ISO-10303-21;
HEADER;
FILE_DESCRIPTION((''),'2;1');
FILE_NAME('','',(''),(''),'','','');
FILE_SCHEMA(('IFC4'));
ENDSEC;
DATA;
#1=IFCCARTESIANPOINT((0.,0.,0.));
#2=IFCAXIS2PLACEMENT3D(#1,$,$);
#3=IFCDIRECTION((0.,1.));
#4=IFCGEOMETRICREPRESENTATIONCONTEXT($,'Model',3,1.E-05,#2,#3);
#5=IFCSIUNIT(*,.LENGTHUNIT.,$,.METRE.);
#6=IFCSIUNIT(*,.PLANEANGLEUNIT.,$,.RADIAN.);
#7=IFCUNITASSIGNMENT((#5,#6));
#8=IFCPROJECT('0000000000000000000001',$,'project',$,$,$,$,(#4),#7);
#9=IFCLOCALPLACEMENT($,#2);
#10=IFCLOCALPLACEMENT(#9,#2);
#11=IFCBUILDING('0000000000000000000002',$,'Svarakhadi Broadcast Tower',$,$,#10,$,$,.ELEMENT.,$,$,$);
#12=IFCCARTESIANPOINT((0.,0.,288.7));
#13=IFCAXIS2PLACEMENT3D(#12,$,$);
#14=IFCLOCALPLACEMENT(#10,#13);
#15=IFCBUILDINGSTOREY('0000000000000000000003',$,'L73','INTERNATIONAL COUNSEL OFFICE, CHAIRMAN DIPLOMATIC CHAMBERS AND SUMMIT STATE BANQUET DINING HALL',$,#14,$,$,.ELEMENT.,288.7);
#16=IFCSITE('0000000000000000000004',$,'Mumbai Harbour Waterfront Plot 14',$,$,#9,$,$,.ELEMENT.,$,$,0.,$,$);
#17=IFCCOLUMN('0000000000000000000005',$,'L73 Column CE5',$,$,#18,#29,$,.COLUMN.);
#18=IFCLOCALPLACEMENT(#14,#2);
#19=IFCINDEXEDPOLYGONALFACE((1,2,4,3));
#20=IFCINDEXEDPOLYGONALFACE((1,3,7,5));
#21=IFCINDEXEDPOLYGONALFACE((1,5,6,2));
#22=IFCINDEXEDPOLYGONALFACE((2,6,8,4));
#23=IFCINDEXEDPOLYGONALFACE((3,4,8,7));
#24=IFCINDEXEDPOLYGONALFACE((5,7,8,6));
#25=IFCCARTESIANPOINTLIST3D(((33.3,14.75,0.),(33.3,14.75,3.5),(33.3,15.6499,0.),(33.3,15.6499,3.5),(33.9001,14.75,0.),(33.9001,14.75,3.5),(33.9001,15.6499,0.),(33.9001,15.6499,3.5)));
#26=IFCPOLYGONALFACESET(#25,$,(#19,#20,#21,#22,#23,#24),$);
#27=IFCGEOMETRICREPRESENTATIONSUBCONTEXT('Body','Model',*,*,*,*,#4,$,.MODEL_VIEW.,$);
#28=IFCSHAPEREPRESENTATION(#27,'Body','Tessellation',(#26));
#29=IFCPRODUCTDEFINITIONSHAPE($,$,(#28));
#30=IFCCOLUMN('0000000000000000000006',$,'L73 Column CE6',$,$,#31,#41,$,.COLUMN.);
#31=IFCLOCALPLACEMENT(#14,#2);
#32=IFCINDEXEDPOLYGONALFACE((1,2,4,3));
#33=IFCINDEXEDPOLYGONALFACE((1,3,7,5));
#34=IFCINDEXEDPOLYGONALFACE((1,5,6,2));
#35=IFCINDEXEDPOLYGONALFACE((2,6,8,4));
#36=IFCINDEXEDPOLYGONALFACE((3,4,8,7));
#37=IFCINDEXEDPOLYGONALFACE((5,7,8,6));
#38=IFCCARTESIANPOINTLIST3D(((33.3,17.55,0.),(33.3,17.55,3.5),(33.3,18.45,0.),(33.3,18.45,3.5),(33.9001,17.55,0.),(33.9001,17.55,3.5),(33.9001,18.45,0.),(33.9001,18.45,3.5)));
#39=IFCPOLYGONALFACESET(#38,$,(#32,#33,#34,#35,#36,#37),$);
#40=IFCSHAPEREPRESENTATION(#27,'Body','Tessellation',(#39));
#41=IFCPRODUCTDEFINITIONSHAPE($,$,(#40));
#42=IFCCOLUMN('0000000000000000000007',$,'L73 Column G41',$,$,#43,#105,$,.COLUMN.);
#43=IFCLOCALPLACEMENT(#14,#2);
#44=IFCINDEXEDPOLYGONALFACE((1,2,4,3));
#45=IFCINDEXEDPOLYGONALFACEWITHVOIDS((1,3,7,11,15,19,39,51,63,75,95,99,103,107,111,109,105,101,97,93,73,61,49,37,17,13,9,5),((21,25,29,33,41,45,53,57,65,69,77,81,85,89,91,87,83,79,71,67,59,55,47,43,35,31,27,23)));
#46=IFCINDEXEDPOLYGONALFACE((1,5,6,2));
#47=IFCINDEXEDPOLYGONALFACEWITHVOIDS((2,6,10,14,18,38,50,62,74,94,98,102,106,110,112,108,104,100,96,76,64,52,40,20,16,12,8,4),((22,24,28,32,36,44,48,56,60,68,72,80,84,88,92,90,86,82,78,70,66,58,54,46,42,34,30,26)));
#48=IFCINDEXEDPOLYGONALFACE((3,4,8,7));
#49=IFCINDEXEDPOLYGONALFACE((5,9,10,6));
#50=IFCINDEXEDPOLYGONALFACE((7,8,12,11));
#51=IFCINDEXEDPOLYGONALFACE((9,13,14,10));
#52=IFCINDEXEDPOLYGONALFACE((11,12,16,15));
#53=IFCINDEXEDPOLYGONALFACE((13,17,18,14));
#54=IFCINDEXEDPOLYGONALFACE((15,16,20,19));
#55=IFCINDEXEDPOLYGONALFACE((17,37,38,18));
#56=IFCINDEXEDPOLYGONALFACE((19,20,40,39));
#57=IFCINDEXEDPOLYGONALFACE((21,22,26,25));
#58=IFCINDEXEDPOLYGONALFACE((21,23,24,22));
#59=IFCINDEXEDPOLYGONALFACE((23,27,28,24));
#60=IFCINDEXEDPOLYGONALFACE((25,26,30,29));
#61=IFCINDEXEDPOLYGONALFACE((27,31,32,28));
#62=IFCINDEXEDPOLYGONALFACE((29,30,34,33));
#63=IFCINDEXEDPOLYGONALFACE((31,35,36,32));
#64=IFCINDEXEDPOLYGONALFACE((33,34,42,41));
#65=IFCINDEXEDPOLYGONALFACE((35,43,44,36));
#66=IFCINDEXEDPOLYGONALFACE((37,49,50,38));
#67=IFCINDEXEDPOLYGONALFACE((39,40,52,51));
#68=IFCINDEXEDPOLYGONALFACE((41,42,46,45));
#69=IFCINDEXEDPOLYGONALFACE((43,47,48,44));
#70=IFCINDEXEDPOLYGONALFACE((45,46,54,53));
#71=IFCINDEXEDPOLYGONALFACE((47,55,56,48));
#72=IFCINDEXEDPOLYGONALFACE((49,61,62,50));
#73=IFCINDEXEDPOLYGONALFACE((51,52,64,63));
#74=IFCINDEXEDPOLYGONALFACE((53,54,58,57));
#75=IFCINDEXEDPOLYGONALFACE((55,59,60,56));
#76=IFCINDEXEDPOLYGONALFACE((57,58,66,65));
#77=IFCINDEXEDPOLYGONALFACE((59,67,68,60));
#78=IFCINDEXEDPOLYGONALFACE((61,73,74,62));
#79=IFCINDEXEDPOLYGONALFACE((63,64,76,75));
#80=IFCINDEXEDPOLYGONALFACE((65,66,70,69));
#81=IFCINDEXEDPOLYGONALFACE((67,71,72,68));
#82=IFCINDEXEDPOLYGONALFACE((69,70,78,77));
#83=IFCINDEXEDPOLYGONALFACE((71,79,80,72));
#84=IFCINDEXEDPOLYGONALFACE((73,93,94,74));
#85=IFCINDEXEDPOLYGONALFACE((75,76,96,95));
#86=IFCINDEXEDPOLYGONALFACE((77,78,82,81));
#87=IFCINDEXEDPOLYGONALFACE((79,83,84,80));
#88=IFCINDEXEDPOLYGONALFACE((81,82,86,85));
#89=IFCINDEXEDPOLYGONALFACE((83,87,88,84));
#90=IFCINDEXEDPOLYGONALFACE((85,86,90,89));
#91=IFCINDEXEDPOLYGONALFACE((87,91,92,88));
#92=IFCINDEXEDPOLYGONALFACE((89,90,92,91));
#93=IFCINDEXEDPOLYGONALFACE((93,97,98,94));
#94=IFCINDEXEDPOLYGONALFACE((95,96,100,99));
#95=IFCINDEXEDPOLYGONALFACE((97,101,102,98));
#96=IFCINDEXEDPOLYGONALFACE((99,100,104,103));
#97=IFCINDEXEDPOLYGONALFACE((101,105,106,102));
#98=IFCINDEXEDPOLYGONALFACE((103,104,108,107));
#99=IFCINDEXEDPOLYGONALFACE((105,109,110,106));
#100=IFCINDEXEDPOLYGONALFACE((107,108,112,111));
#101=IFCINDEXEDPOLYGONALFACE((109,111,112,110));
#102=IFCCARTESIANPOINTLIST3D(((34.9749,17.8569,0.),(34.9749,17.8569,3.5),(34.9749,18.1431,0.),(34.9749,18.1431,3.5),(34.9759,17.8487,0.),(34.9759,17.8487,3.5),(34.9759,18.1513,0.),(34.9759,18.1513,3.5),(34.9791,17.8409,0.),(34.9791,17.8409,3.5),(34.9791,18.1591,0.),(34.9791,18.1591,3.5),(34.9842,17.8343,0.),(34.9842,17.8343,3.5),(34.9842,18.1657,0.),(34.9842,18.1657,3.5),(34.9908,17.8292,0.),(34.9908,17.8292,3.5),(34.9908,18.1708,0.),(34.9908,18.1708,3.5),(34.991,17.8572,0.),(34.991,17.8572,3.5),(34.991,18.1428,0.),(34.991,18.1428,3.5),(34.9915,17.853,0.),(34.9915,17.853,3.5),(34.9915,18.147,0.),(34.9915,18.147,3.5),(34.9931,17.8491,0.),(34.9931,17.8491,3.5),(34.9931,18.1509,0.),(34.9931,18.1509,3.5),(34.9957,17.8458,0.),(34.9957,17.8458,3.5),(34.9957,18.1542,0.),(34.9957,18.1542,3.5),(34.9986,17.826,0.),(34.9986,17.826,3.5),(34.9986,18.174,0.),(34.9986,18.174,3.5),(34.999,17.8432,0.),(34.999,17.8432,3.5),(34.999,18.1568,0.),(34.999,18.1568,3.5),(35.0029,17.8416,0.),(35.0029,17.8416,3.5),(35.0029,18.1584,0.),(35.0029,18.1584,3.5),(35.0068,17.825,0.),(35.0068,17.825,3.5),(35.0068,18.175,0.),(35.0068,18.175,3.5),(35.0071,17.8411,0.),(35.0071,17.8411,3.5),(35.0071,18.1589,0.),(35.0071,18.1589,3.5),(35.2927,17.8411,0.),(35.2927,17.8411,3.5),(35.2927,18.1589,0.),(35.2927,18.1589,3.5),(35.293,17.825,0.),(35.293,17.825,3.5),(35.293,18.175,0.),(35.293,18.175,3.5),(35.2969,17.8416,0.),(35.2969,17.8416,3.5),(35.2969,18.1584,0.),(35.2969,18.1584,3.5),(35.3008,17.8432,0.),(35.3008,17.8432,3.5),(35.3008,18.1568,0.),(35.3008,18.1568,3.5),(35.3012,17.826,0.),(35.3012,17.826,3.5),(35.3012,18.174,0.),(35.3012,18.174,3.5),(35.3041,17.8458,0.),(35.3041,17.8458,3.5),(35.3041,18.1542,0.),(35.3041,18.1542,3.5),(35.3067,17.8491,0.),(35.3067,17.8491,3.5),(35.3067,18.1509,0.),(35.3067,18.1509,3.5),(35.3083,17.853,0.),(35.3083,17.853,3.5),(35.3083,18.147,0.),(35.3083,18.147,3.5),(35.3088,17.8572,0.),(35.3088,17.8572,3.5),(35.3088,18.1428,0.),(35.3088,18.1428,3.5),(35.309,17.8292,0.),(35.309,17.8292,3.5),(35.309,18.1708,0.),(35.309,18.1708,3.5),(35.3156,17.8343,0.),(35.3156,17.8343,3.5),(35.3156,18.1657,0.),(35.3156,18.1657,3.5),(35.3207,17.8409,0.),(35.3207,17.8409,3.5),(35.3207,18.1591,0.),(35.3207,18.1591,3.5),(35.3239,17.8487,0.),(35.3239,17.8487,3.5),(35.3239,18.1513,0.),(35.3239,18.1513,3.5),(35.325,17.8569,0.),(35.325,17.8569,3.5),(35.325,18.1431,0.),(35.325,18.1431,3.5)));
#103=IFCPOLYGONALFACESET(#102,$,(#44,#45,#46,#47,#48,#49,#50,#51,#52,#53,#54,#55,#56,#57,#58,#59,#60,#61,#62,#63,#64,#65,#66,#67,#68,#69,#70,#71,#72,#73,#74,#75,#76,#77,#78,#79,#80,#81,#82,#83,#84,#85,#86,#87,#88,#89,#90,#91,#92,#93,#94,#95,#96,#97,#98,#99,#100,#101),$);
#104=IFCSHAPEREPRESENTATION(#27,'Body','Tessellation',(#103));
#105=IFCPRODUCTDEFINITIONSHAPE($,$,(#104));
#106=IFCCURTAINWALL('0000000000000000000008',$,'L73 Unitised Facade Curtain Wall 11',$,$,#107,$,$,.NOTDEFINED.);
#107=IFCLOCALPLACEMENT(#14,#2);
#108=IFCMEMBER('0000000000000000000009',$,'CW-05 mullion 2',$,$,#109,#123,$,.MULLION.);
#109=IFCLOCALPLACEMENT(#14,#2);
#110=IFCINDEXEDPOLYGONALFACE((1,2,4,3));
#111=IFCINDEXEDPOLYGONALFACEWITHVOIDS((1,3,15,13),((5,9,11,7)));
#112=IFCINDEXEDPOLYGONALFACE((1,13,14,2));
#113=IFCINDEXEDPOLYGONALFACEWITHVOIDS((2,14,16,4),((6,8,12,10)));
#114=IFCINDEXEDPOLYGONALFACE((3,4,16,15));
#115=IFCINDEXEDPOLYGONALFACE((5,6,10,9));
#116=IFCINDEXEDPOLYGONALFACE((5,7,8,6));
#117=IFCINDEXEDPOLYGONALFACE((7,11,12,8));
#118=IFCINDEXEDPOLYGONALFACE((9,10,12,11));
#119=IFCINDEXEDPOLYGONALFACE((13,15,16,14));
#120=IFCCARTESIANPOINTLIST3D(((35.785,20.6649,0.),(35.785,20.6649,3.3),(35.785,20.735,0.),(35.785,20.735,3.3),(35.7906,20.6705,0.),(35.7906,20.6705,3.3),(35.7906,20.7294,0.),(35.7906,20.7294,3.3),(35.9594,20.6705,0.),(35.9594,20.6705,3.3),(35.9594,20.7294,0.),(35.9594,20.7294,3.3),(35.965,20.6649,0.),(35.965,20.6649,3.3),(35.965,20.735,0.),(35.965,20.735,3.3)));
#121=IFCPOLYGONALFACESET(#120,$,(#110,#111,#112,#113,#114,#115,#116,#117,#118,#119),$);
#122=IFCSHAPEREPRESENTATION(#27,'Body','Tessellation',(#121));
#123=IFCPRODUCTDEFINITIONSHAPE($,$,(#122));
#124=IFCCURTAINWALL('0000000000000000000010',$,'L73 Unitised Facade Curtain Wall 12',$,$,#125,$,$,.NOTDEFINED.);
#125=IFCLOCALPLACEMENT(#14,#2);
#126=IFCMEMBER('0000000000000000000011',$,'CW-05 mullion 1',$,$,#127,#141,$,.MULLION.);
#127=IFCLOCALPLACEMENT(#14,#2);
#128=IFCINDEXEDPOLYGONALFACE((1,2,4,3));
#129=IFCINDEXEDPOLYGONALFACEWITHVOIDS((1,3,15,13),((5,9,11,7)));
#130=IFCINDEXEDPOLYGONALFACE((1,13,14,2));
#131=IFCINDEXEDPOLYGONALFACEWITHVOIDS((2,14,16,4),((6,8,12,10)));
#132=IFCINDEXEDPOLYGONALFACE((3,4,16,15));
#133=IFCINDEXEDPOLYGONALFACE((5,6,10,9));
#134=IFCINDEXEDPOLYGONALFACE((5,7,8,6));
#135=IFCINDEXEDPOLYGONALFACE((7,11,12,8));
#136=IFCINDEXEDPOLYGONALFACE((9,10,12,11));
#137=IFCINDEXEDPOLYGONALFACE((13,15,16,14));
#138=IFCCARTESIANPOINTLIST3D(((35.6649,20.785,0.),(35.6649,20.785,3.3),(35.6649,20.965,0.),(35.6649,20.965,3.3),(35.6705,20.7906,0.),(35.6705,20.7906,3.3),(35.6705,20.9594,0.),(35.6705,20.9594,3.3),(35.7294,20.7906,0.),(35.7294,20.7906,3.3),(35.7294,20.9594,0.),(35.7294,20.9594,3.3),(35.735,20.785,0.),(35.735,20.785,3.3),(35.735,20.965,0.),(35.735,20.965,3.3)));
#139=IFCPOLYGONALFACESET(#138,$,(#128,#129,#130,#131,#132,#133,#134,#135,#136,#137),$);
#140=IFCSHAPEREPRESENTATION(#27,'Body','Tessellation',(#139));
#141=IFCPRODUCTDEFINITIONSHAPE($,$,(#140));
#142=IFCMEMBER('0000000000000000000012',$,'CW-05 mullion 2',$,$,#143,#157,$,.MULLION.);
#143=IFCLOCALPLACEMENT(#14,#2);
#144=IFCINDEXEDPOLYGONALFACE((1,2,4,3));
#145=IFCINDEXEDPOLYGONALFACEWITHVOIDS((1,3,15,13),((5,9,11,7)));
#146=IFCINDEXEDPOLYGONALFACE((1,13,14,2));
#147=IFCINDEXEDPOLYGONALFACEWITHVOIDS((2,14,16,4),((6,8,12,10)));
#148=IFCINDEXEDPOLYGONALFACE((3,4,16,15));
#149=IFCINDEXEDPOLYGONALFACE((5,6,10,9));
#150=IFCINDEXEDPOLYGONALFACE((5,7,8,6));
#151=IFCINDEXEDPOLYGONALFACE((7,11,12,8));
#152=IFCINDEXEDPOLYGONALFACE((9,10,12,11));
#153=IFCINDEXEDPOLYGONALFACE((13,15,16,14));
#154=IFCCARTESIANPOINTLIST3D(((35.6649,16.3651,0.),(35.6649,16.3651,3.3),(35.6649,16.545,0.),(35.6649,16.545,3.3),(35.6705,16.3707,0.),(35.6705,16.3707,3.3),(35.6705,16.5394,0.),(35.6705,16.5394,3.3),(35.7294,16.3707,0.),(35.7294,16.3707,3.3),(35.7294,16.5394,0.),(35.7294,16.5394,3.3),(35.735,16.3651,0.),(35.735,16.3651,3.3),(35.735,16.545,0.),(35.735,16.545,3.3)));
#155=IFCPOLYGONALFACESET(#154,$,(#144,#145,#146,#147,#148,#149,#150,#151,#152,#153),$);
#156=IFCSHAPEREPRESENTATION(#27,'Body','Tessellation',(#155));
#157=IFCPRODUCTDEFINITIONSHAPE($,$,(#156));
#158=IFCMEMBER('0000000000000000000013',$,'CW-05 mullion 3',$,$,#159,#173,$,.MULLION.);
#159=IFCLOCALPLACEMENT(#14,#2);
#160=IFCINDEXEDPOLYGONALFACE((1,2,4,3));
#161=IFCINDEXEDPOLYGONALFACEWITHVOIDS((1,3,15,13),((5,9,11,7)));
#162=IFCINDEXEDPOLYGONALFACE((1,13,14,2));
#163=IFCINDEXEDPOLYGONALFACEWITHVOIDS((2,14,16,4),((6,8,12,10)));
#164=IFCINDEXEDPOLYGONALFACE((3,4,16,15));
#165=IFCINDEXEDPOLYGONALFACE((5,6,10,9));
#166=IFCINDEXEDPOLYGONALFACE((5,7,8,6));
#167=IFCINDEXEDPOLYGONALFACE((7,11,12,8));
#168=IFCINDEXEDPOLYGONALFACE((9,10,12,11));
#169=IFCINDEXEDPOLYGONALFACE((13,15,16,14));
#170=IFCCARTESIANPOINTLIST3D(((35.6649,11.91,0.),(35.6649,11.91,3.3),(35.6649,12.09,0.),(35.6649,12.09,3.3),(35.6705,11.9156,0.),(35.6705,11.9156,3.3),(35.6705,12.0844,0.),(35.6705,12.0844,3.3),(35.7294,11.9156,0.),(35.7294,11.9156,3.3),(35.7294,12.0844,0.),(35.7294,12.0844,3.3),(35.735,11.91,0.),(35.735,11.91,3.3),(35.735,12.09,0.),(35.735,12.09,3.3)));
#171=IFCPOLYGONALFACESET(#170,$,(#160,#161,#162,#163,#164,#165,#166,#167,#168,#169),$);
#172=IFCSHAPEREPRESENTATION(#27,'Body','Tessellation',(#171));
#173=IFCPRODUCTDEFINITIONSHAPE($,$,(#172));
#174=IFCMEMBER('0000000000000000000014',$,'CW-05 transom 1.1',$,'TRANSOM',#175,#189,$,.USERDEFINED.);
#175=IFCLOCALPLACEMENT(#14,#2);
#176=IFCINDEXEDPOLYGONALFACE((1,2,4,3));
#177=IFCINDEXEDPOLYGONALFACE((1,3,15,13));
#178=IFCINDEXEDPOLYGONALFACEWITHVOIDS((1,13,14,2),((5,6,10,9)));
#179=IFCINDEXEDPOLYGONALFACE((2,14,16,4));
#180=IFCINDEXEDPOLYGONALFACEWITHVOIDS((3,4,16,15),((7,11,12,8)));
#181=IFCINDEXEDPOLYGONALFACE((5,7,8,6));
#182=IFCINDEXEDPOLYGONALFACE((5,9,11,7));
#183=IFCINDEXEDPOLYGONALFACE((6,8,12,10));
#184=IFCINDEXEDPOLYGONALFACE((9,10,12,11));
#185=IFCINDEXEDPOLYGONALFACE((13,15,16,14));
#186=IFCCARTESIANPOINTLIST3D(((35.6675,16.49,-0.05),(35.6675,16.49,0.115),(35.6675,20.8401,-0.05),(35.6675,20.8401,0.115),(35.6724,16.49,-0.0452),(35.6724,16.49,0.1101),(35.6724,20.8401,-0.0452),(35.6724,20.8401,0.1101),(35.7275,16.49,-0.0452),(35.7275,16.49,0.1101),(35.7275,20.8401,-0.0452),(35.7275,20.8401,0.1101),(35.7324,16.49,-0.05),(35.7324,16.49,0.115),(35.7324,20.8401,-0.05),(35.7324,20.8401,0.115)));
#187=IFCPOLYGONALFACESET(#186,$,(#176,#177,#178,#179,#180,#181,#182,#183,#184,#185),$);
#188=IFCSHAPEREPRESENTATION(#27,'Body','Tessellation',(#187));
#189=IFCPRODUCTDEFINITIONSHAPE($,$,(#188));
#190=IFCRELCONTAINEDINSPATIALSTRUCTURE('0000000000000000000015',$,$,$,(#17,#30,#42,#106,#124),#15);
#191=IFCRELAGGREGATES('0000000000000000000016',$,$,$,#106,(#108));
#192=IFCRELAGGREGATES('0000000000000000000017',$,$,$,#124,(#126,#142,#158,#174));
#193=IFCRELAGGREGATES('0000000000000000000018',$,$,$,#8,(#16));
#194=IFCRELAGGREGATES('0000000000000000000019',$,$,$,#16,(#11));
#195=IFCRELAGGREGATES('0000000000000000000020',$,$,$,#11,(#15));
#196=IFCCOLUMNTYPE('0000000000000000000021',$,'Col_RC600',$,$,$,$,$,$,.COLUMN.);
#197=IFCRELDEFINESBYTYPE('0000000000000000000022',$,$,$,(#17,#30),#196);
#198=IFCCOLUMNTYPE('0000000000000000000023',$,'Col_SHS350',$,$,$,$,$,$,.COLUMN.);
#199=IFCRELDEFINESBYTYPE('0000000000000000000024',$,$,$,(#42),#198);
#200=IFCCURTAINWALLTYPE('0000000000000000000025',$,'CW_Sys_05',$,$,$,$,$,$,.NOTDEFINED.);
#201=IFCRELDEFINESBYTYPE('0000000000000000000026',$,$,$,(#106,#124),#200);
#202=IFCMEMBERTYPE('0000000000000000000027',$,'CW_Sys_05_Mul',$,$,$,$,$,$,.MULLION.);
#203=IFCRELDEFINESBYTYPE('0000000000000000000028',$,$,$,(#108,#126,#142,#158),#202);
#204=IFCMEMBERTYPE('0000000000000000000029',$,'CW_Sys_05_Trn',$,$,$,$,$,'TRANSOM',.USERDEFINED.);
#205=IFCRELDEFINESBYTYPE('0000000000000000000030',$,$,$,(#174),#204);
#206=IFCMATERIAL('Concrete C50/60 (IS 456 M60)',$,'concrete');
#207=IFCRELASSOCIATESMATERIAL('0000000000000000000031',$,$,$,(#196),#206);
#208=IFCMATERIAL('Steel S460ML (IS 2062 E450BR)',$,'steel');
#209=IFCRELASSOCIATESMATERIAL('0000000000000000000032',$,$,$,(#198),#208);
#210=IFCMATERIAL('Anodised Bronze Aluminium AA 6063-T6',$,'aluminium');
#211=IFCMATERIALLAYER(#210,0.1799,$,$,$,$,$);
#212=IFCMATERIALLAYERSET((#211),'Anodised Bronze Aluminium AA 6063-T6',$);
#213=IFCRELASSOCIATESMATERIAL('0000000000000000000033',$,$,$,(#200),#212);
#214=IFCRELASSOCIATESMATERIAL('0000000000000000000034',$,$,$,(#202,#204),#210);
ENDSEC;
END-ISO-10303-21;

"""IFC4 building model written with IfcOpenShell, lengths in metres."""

from ifc_helpers import new_model, si_unit, direction, frame, origin, origin_2d, place, context, subcontext, project, spatial, rectangle, hollow_rectangle, extrude, material, layer, layer_set, material_profile, profile_set, type_object, element, aggregate, save


model = new_model("IFC4")

# Units and contexts
model_context = context("Model", 3, precision=1e-05, world=origin(), true_north=direction((0.0, 1.0)))
body_context = subcontext(model_context, "Body", "Model", "MODEL_VIEW")
ifc_project = project(units=[si_unit("LENGTHUNIT", "METRE"), si_unit("PLANEANGLEUNIT", "RADIAN")], contexts=[model_context])

# Site, building, storey
site_placement = place(None, origin())
site = spatial("IfcSite", under=ifc_project, at=site_placement, Name="Mumbai Harbour Waterfront Plot 14", CompositionType="ELEMENT", RefElevation=0.0)
building_placement = place(site_placement, origin())
building = spatial("IfcBuilding", under=site, at=building_placement, Name="Svarakhadi Broadcast Tower", CompositionType="ELEMENT")
storey_placement = place(building_placement, frame((0.0, 0.0, 288.7)))
storey = spatial("IfcBuildingStorey", under=building, at=storey_placement, Name="L73", Description="INTERNATIONAL COUNSEL OFFICE, CHAIRMAN DIPLOMATIC CHAMBERS AND SUMMIT STATE BANQUET DINING HALL", CompositionType="ELEMENT", Elevation=288.7)

# Columns
ifc_material_1 = material(Name="Concrete C50/60 (IS 456 M60)", Category="concrete")
ifc_material_profile_1 = material_profile(ifc_material_1, rectangle(XDim=0.6001, YDim=0.8999, at=origin_2d()), Name="RC 600x900")
ifc_profile_set_1 = profile_set([ifc_material_profile_1], Name="Concrete C50/60 (IS 456 M60)")
column_type_1 = type_object("IfcColumnType", Name="Col_RC600", PredefinedType="COLUMN", material=ifc_profile_set_1)
for number, where, z_axis, x_axis, name in (
    (1, (33.6001, 15.2, 0.0), (0.0, 0.0, 1.0), (1.0, 0.0, 0.0), "L73 Column CE5"),
    (2, (33.6001, 18.0, 0.0), (0.0, 0.0, 1.0), (1.0, 0.0, 0.0), "L73 Column CE6"),
):
    element("IfcColumn", number, at=place(storey_placement, frame(where, z_axis=z_axis, x_axis=x_axis)), inside=storey, type_object=column_type_1, Name=name, PredefinedType="COLUMN", context=body_context, shape_type="SweptSolid", body=[
        extrude(rectangle(XDim=0.6001, YDim=0.8999, at=origin_2d()), origin(), (0.0, 0.0, 1.0), 3.5),
    ])
ifc_material_2 = material(Name="Steel S460ML (IS 2062 E450BR)", Category="steel")
ifc_material_profile_2 = material_profile(ifc_material_2, hollow_rectangle(XDim=0.3501, YDim=0.3501, WallThickness=0.0161, InnerFilletRadius=0.0161, OuterFilletRadius=0.032, at=origin_2d()), Name="SHS 350x350x16")
ifc_profile_set_2 = profile_set([ifc_material_profile_2], Name="Steel S460ML (IS 2062 E450BR)")
column_type_2 = type_object("IfcColumnType", Name="Col_SHS350", PredefinedType="COLUMN", material=ifc_profile_set_2)
column_placement = place(storey_placement, frame((35.1499, 18.0, 0.0), z_axis=(0.0, 0.0, 1.0), x_axis=(1.0, 0.0, 0.0)))
element("IfcColumn", 3, at=column_placement, inside=storey, type_object=column_type_2, Name="L73 Column G41", PredefinedType="COLUMN", context=body_context, shape_type="SweptSolid", body=[
    extrude(hollow_rectangle(XDim=0.3501, YDim=0.3501, WallThickness=0.0161, InnerFilletRadius=0.0161, OuterFilletRadius=0.032, at=origin_2d()), origin(), (0.0, 0.0, 1.0), 3.5),
])

# Curtain wall, member
ifc_material_3 = material(Name="Anodised Bronze Aluminium AA 6063-T6", Category="aluminium")
ifc_layer_1 = layer(ifc_material_3, 0.1799)
ifc_layer_set_1 = layer_set([ifc_layer_1], Name="Anodised Bronze Aluminium AA 6063-T6")
curtain_wall_type = type_object("IfcCurtainWallType", Name="CW_Sys_05", PredefinedType="NOTDEFINED", material=ifc_layer_set_1)
curtain_wall_1_placement = place(storey_placement, origin())
curtain_wall_1 = element("IfcCurtainWall", 4, at=curtain_wall_1_placement, inside=storey, type_object=curtain_wall_type, Name="L73 Unitised Facade Curtain Wall 11", PredefinedType="NOTDEFINED")
ifc_material_profile_3 = material_profile(ifc_material_3, hollow_rectangle(XDim=0.0701, YDim=0.1799, WallThickness=0.0056, at=origin_2d()), Name="ALU MULLION 180x70x6")
ifc_profile_set_3 = profile_set([ifc_material_profile_3], Name="Anodised Bronze Aluminium AA 6063-T6")
member_type_1 = type_object("IfcMemberType", Name="CW_Sys_05_Mul", PredefinedType="MULLION", material=ifc_profile_set_3)
member_1_placement = place(storey_placement, frame((35.875, 20.7, 0.0), z_axis=(0.0, 0.0, 1.0), x_axis=(0.0, 1.0, 0.0)))
member_1 = element("IfcMember", 5, at=member_1_placement, type_object=member_type_1, Name="CW-05 mullion 2", PredefinedType="MULLION", context=body_context, shape_type="SweptSolid", body=[
    extrude(hollow_rectangle(XDim=0.0701, YDim=0.1799, WallThickness=0.0056, at=origin_2d()), origin(), (0.0, 0.0, 1.0), 3.3),
])

# Curtain wall, members
curtain_wall_2_placement = place(storey_placement, origin())
curtain_wall_2 = element("IfcCurtainWall", 6, at=curtain_wall_2_placement, inside=storey, type_object=curtain_wall_type, Name="L73 Unitised Facade Curtain Wall 12", PredefinedType="NOTDEFINED")
member_2_placement = place(storey_placement, frame((35.7, 20.875, 0.0), z_axis=(0.0, 0.0, 1.0), x_axis=(1.0, 0.0, 0.0)))
member_2 = element("IfcMember", 7, at=member_2_placement, type_object=member_type_1, Name="CW-05 mullion 1", PredefinedType="MULLION", context=body_context, shape_type="SweptSolid", body=[
    extrude(hollow_rectangle(XDim=0.0701, YDim=0.1799, WallThickness=0.0056, at=origin_2d()), origin(), (0.0, 0.0, 1.0), 3.3),
])
member_3_placement = place(storey_placement, frame((35.7, 16.4551, 0.0), z_axis=(0.0, 0.0, 1.0), x_axis=(1.0, 0.0, 0.0)))
member_3 = element("IfcMember", 8, at=member_3_placement, type_object=member_type_1, Name="CW-05 mullion 2", PredefinedType="MULLION", context=body_context, shape_type="SweptSolid", body=[
    extrude(hollow_rectangle(XDim=0.0701, YDim=0.1799, WallThickness=0.0056, at=origin_2d()), origin(), (0.0, 0.0, 1.0), 3.3),
])
member_4_placement = place(storey_placement, frame((35.7, 12.0, 0.0), z_axis=(0.0, 0.0, 1.0), x_axis=(1.0, 0.0, 0.0)))
member_4 = element("IfcMember", 9, at=member_4_placement, type_object=member_type_1, Name="CW-05 mullion 3", PredefinedType="MULLION", context=body_context, shape_type="SweptSolid", body=[
    extrude(hollow_rectangle(XDim=0.0701, YDim=0.1799, WallThickness=0.0056, at=origin_2d()), origin(), (0.0, 0.0, 1.0), 3.3),
])
ifc_material_profile_4 = material_profile(ifc_material_3, hollow_rectangle(XDim=0.0649, YDim=0.165, WallThickness=0.0049, at=origin_2d()), Name="ALU TRANSOM 165x65x5")
ifc_profile_set_4 = profile_set([ifc_material_profile_4], Name="Anodised Bronze Aluminium AA 6063-T6")
member_type_2 = type_object("IfcMemberType", Name="CW_Sys_05_Trn", ElementType="TRANSOM", PredefinedType="USERDEFINED", material=ifc_profile_set_4)
member_5_placement = place(storey_placement, frame((35.7, 20.8401, 0.0325), z_axis=(0.0, -1.0, 0.0), x_axis=(1.0, 0.0, 0.0)))
member_5 = element("IfcMember", 10, at=member_5_placement, type_object=member_type_2, Name="CW-05 transom 1.1", ObjectType="TRANSOM", PredefinedType="USERDEFINED", context=body_context, shape_type="SweptSolid", body=[
    extrude(hollow_rectangle(XDim=0.0649, YDim=0.165, WallThickness=0.0049, at=origin_2d()), origin(), (0.0, 0.0, 1.0), 4.3501),
])

aggregate(curtain_wall_1, [member_1])
aggregate(curtain_wall_2, [member_2, member_3, member_4, member_5])

save(model, "model.ifc")
